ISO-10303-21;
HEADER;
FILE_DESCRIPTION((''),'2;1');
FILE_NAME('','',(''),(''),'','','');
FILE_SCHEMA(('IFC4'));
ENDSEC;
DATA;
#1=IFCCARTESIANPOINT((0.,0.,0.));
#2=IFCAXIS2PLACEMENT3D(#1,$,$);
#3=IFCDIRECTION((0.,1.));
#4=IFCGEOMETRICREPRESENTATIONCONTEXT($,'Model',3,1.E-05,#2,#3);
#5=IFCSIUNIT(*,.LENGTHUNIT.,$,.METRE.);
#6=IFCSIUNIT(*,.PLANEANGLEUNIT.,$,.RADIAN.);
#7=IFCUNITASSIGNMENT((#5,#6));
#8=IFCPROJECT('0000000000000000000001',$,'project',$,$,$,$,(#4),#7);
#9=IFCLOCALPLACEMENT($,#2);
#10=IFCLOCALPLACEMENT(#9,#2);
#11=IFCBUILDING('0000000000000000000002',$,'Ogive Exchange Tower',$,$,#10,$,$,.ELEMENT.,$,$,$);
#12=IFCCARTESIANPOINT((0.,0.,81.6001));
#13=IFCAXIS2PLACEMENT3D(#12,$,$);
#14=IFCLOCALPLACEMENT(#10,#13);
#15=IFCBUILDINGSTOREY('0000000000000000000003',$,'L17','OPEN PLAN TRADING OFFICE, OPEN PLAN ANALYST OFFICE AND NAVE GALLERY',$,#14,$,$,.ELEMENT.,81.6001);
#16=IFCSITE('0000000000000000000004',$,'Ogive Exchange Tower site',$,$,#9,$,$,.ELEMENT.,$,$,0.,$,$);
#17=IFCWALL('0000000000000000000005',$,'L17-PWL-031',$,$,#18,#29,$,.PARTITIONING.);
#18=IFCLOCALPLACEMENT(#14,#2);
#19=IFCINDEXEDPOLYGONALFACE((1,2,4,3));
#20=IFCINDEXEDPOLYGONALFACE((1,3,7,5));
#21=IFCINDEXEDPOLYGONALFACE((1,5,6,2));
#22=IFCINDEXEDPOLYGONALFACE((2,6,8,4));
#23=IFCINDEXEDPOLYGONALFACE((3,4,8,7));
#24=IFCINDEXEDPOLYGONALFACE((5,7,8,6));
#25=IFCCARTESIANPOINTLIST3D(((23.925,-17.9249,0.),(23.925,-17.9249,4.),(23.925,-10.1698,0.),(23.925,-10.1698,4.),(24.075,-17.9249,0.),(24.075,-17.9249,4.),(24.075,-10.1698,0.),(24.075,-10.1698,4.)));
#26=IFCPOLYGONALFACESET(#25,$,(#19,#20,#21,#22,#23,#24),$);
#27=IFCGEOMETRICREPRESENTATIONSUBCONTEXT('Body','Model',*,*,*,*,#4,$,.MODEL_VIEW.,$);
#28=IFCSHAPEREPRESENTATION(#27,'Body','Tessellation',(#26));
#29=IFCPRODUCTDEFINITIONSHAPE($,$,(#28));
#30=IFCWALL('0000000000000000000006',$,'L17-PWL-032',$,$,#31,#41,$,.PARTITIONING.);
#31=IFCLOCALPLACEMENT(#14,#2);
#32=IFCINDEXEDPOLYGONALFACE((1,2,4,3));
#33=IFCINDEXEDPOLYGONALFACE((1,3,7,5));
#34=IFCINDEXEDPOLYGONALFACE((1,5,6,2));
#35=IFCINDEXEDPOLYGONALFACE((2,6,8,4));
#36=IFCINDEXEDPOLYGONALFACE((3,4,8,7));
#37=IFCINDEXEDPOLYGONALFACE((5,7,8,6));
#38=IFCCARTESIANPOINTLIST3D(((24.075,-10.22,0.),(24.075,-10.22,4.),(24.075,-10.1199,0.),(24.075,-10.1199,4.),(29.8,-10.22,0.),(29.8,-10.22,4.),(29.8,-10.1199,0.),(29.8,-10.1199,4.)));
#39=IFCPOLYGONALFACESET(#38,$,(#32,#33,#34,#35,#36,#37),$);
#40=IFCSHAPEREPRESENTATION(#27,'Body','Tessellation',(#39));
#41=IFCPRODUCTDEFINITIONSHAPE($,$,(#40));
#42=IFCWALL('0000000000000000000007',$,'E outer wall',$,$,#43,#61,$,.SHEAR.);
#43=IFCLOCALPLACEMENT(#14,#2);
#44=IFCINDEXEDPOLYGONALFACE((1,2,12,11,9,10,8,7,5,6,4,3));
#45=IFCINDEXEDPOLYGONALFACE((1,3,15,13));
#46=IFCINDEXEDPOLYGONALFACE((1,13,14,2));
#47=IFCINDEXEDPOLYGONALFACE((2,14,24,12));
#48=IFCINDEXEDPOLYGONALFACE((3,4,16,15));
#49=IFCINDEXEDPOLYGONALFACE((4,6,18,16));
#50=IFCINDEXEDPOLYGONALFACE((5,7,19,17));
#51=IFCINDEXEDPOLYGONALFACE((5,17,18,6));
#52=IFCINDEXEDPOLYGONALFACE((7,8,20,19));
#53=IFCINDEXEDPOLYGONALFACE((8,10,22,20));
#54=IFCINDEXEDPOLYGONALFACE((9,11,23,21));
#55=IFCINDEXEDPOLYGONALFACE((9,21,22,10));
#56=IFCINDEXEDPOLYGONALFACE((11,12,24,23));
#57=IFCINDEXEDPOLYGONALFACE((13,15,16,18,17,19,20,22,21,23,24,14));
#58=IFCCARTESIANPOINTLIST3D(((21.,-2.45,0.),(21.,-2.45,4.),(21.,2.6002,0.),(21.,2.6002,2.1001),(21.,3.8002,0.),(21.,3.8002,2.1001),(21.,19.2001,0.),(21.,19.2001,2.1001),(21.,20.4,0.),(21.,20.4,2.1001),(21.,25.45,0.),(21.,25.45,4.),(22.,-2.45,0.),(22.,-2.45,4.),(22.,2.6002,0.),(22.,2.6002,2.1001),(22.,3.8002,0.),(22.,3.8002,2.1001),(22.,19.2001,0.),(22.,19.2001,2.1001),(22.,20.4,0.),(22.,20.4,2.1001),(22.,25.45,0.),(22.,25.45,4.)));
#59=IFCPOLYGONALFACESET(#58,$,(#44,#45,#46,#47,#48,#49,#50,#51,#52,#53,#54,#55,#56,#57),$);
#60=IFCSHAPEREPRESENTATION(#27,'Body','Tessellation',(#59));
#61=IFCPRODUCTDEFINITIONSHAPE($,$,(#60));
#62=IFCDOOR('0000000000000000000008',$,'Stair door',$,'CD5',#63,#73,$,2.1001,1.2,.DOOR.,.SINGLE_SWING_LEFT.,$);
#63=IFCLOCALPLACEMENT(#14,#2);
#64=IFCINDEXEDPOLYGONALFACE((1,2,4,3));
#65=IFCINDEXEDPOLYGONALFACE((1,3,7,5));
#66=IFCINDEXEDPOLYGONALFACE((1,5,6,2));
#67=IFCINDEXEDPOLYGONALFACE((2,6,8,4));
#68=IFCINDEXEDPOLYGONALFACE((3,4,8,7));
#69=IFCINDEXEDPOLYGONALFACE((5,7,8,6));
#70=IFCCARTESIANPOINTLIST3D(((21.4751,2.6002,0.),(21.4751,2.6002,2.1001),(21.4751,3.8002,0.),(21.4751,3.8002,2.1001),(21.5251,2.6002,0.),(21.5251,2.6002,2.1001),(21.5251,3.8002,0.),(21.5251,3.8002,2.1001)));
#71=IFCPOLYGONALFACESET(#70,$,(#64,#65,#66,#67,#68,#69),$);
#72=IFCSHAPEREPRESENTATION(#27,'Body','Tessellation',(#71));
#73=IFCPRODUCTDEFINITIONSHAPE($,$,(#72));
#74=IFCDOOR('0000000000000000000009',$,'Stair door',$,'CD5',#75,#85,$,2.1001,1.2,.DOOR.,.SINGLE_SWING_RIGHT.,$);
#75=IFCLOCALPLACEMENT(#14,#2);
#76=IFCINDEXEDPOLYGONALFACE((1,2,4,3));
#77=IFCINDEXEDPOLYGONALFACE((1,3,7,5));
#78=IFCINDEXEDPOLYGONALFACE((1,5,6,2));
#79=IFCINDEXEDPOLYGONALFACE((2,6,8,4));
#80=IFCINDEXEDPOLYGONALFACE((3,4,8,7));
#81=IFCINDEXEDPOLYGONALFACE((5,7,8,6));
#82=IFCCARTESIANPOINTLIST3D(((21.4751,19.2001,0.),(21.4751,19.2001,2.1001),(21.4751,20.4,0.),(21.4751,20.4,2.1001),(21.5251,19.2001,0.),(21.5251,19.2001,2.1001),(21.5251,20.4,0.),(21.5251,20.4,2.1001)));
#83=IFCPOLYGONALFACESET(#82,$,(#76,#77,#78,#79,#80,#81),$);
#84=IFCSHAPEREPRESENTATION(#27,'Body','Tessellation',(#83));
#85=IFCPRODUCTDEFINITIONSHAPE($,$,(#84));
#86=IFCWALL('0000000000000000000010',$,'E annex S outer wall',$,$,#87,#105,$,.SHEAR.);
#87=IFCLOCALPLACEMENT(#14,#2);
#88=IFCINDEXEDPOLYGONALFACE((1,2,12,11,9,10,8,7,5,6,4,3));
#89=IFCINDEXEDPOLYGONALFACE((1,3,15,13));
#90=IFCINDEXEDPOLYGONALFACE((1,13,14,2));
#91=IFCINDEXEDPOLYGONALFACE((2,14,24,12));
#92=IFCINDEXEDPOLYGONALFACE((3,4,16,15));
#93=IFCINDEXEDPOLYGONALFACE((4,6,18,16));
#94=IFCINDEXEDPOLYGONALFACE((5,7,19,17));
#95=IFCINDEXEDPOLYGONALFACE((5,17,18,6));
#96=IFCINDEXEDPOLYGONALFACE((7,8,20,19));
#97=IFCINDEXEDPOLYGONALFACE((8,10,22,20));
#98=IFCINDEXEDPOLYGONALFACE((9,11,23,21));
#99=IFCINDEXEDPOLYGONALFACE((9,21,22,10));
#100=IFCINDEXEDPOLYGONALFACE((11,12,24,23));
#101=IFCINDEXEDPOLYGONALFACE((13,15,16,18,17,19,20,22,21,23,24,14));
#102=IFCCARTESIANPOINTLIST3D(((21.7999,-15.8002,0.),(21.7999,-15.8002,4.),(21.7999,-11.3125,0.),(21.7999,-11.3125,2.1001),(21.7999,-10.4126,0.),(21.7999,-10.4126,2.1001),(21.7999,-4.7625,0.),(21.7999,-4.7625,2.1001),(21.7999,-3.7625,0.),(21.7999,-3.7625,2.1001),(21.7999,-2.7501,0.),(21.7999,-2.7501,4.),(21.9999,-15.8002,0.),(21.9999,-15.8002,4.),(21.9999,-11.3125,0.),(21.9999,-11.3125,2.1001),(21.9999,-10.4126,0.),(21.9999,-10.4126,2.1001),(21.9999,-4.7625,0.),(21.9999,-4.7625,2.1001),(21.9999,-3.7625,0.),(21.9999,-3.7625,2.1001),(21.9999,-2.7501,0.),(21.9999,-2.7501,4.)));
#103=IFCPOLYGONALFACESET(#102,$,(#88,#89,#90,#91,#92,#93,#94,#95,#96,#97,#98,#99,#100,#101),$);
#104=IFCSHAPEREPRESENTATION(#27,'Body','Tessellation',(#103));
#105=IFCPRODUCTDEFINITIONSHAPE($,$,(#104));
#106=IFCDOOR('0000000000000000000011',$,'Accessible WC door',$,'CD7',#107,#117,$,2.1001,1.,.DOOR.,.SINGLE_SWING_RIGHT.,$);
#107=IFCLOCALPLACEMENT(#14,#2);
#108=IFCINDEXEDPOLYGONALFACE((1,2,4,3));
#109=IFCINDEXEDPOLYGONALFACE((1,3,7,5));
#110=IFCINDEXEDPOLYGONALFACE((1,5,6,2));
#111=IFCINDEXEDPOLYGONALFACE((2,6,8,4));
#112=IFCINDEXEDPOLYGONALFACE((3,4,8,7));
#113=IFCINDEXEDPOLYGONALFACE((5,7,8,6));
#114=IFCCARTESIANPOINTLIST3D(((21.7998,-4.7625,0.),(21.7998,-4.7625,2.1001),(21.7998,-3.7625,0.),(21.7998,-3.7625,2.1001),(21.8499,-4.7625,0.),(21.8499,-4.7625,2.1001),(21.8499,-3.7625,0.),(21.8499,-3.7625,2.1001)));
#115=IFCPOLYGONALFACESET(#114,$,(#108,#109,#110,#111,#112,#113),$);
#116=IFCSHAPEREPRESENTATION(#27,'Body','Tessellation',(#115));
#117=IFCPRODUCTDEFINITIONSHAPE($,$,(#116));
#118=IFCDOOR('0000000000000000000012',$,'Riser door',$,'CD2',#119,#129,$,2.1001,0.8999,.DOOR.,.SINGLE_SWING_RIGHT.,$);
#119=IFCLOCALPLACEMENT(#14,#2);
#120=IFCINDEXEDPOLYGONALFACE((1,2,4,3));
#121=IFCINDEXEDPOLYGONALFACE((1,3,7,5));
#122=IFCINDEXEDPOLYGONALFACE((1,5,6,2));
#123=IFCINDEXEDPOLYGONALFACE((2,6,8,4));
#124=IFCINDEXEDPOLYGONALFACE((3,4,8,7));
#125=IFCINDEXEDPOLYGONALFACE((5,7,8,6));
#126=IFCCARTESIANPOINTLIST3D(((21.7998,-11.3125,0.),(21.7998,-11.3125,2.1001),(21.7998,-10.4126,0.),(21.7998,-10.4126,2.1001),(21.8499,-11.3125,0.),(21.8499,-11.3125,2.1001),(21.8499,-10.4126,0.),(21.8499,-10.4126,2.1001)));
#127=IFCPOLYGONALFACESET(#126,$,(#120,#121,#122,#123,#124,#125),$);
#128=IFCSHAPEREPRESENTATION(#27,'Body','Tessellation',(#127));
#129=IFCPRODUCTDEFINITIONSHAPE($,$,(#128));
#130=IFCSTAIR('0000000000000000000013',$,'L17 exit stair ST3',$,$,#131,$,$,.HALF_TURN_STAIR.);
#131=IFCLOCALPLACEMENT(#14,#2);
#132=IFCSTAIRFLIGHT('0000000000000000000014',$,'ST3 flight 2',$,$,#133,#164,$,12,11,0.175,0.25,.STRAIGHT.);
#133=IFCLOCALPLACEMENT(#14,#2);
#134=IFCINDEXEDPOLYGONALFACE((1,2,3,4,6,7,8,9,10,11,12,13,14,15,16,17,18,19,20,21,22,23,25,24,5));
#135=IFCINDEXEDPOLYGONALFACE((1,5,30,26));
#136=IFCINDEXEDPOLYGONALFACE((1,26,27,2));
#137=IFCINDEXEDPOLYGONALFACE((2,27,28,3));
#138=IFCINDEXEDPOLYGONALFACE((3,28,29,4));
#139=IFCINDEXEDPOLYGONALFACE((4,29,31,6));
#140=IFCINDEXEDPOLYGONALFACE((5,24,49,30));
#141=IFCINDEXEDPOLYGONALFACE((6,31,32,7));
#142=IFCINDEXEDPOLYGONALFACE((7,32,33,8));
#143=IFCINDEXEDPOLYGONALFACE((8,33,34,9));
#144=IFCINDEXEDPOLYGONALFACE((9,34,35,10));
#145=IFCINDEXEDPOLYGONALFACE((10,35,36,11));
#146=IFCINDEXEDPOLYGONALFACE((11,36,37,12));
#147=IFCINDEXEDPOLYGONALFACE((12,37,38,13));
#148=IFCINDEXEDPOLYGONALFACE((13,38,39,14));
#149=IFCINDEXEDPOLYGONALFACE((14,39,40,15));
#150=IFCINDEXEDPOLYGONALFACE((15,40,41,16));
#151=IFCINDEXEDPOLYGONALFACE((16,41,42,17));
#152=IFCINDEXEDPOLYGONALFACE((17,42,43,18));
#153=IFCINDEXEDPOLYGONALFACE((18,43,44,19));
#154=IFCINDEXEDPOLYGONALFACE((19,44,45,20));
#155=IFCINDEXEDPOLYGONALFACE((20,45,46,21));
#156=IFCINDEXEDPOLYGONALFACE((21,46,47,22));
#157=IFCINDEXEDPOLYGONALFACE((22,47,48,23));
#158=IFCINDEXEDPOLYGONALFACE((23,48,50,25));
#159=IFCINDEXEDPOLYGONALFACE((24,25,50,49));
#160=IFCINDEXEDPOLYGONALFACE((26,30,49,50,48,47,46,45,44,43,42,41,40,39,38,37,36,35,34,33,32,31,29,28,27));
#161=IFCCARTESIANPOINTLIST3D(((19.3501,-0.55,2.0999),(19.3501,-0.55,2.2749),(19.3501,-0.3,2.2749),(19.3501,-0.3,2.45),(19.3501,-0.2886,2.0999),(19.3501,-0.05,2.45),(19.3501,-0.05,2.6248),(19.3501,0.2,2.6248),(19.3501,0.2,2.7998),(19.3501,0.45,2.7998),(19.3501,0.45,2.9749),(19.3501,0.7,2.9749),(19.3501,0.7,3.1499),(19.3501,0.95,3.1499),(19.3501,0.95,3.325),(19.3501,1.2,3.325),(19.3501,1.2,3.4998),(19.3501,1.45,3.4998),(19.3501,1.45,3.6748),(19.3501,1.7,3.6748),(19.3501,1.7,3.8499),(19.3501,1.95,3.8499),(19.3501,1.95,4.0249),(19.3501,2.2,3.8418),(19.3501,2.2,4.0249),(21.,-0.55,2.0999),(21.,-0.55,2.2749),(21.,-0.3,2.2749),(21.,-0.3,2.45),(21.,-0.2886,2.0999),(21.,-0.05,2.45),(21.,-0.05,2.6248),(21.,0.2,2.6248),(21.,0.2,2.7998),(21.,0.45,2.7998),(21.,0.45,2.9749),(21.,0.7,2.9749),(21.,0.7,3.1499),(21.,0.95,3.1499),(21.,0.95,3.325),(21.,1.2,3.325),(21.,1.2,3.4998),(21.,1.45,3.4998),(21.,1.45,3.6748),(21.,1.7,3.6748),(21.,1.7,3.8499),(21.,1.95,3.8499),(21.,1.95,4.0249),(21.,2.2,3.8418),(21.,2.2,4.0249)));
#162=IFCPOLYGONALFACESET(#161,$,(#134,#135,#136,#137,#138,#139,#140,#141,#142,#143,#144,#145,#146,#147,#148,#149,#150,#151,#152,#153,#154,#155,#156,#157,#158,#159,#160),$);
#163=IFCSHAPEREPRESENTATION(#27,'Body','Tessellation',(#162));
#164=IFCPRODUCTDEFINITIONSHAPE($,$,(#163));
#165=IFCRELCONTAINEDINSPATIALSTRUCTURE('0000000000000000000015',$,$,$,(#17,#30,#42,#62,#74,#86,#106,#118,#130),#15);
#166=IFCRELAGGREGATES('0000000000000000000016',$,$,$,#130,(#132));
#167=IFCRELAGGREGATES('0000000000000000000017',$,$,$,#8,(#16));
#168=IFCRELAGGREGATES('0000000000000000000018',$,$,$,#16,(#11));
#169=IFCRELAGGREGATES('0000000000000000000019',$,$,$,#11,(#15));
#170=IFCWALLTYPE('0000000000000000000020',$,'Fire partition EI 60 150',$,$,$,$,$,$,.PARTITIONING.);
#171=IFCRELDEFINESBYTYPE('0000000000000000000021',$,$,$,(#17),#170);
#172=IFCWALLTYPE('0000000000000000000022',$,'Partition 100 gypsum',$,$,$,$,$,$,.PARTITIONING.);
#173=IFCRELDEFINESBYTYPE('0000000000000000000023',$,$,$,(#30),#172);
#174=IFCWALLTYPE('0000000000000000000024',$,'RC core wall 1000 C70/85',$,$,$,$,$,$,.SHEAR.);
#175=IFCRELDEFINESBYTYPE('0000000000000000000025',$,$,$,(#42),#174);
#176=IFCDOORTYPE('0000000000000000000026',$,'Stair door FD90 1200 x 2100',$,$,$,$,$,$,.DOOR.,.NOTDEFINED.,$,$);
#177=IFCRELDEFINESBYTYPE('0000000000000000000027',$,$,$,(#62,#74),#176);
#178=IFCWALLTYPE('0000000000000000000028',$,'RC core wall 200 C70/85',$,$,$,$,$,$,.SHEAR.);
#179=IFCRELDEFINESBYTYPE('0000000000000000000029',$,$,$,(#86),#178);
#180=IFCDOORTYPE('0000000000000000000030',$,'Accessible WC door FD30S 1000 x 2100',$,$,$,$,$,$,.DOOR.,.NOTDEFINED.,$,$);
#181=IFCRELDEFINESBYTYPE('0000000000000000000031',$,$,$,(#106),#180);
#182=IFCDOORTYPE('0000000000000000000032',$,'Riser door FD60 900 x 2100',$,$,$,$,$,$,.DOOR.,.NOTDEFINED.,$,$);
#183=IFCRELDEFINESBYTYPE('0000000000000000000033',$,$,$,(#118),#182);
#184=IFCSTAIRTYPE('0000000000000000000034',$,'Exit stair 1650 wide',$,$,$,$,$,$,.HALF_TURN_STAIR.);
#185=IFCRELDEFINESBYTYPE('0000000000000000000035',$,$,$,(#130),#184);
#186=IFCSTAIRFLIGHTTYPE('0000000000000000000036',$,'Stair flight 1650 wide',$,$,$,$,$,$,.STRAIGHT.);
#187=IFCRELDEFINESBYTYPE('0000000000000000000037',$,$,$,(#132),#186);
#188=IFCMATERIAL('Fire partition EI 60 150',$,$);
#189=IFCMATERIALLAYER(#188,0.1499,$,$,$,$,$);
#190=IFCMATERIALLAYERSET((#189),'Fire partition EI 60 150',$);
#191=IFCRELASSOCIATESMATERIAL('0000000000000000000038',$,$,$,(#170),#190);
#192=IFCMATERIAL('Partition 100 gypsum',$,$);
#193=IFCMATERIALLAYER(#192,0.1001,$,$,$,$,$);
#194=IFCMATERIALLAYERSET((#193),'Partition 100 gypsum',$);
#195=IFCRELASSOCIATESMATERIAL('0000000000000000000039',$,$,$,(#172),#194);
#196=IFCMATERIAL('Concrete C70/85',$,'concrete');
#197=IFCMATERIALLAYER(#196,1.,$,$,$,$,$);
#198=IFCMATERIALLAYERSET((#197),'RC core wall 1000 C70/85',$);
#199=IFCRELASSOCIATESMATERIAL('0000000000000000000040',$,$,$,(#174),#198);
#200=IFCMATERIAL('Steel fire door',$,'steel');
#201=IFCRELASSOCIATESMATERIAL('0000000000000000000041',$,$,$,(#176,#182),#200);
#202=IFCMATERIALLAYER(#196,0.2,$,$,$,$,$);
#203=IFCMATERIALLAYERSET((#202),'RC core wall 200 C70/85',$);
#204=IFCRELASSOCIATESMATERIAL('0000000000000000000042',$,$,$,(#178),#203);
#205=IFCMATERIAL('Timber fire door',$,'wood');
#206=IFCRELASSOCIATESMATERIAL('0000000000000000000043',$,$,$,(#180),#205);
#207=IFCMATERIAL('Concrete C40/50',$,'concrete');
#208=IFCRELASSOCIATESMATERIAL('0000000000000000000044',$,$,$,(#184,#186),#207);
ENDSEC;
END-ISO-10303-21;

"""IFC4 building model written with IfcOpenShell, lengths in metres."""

from ifc_helpers import new_model, si_unit, direction, frame, frame_2d, origin, place, context, subcontext, project, spatial, polyline, rectangle, outline, extrude, material, layer, layer_set, type_object, element, fill, aggregate, save


model = new_model("IFC4")

# Units and contexts
model_context = context("Model", 3, precision=1e-05, world=origin(), true_north=direction((0.0, 1.0)))
body_context = subcontext(model_context, "Body", "Model", "MODEL_VIEW")
ifc_project = project(units=[si_unit("LENGTHUNIT", "METRE"), si_unit("PLANEANGLEUNIT", "RADIAN")], contexts=[model_context])

# Site, building, storey
site_placement = place(None, origin())
site = spatial("IfcSite", under=ifc_project, at=site_placement, Name="Ogive Exchange Tower site", CompositionType="ELEMENT", RefElevation=0.0)
building_placement = place(site_placement, origin())
building = spatial("IfcBuilding", under=site, at=building_placement, Name="Ogive Exchange Tower", CompositionType="ELEMENT")
storey_placement = place(building_placement, frame((0.0, 0.0, 81.6001)))
storey = spatial("IfcBuildingStorey", under=building, at=storey_placement, Name="L17", Description="OPEN PLAN TRADING OFFICE, OPEN PLAN ANALYST OFFICE AND NAVE GALLERY", CompositionType="ELEMENT", Elevation=81.6001)

# Shared definitions
ifc_material_1 = material(Name="Fire partition EI 60 150")
ifc_layer_1 = layer(ifc_material_1, 0.1499)
ifc_layer_set_1 = layer_set([ifc_layer_1], Name="Fire partition EI 60 150")
wall_type_1 = type_object("IfcWallType", Name="Fire partition EI 60 150", PredefinedType="PARTITIONING", material=ifc_layer_set_1)

# Walls
wall_1_placement = place(storey_placement, frame((24.0, -10.1699, 0.0), z_axis=(0.0, 0.0, 1.0), x_axis=(0.0, -1.0, 0.0)))
element("IfcWall", 1, at=wall_1_placement, inside=storey, type_object=wall_type_1, Name="L17-PWL-031", PredefinedType="PARTITIONING", context=body_context, shape_type="SweptSolid", body=[
    extrude(rectangle(XDim=7.7551, YDim=0.1499, at=frame_2d((3.8774, 0.0))), origin(), (0.0, 0.0, 1.0), 4.0),
])
ifc_material_2 = material(Name="Partition 100 gypsum")
ifc_layer_2 = layer(ifc_material_2, 0.1001)
ifc_layer_set_2 = layer_set([ifc_layer_2], Name="Partition 100 gypsum")
wall_type_2 = type_object("IfcWallType", Name="Partition 100 gypsum", PredefinedType="PARTITIONING", material=ifc_layer_set_2)
wall_2_placement = place(storey_placement, frame((24.075, -10.1699, 0.0), z_axis=(0.0, 0.0, 1.0), x_axis=(1.0, 0.0, 0.0)))
element("IfcWall", 2, at=wall_2_placement, inside=storey, type_object=wall_type_2, Name="L17-PWL-032", PredefinedType="PARTITIONING", context=body_context, shape_type="SweptSolid", body=[
    extrude(rectangle(XDim=5.7251, YDim=0.1001, at=frame_2d((2.8625, 0.0))), origin(), (0.0, 0.0, 1.0), 4.0),
])

# Walls, openings, doors
ifc_material_3 = material(Name="Concrete C70/85", Category="concrete")
ifc_layer_3 = layer(ifc_material_3, 1.0)
ifc_layer_set_3 = layer_set([ifc_layer_3], Name="RC core wall 1000 C70/85")
wall_type_3 = type_object("IfcWallType", Name="RC core wall 1000 C70/85", PredefinedType="SHEAR", material=ifc_layer_set_3)
wall_3_placement = place(storey_placement, frame((21.5, -2.45, 0.0), z_axis=(0.0, 0.0, 1.0), x_axis=(0.0, 1.0, 0.0)))
wall_3 = element("IfcWall", 3, at=wall_3_placement, inside=storey, type_object=wall_type_3, Name="E outer wall", PredefinedType="SHEAR", context=body_context, shape_type="SweptSolid", body=[
    extrude(rectangle(XDim=27.8999, YDim=1.0, at=frame_2d((13.95, 0.0))), origin(), (0.0, 0.0, 1.0), 4.0),
])
opening_1_placement = place(wall_3_placement, frame((5.05, 0.0, 0.0)))
opening_1 = element("IfcOpeningElement", 4, at=opening_1_placement, cuts=wall_3, PredefinedType="OPENING", context=body_context, shape_type="SweptSolid", body=[
    extrude(rectangle(XDim=1.2, YDim=2.1001, at=frame_2d((0.6001, 1.05))), frame((0.0, 0.51, 0.0), z_axis=(0.0, -1.0, 0.0), x_axis=(1.0, 0.0, 0.0)), (0.0, 0.0, 1.0), 1.02),
])
opening_2_placement = place(wall_3_placement, frame((21.6499, 0.0, 0.0)))
opening_2 = element("IfcOpeningElement", 5, at=opening_2_placement, cuts=wall_3, PredefinedType="OPENING", context=body_context, shape_type="SweptSolid", body=[
    extrude(rectangle(XDim=1.2, YDim=2.1001, at=frame_2d((0.6001, 1.05))), frame((0.0, 0.51, 0.0), z_axis=(0.0, -1.0, 0.0), x_axis=(1.0, 0.0, 0.0)), (0.0, 0.0, 1.0), 1.02),
])
ifc_material_4 = material(Name="Steel fire door", Category="steel")
door_type_1 = type_object("IfcDoorType", Name="Stair door FD90 1200 x 2100", OperationType="NOTDEFINED", PredefinedType="DOOR", material=ifc_material_4)
door_1_placement = place(opening_1_placement, origin())
door_1 = element("IfcDoor", 6, at=door_1_placement, inside=storey, type_object=door_type_1, Name="Stair door", ObjectType="CD5", OperationType="SINGLE_SWING_LEFT", OverallHeight=2.1001, OverallWidth=1.2, PredefinedType="DOOR", context=body_context, shape_type="SweptSolid", body=[
    extrude(rectangle(XDim=1.2, YDim=2.1001, at=frame_2d((0.6001, 1.05))), frame((0.0, 0.0249, 0.0), z_axis=(0.0, -1.0, 0.0), x_axis=(1.0, 0.0, 0.0)), (0.0, 0.0, 1.0), 0.05),
])
fill(opening_1, door_1)
door_2_placement = place(opening_2_placement, origin())
door_2 = element("IfcDoor", 7, at=door_2_placement, inside=storey, type_object=door_type_1, Name="Stair door", ObjectType="CD5", OperationType="SINGLE_SWING_RIGHT", OverallHeight=2.1001, OverallWidth=1.2, PredefinedType="DOOR", context=body_context, shape_type="SweptSolid", body=[
    extrude(rectangle(XDim=1.2, YDim=2.1001, at=frame_2d((0.6001, 1.05))), frame((0.0, 0.0249, 0.0), z_axis=(0.0, -1.0, 0.0), x_axis=(1.0, 0.0, 0.0)), (0.0, 0.0, 1.0), 0.05),
])
fill(opening_2, door_2)
ifc_layer_4 = layer(ifc_material_3, 0.2)
ifc_layer_set_4 = layer_set([ifc_layer_4], Name="RC core wall 200 C70/85")
wall_type_4 = type_object("IfcWallType", Name="RC core wall 200 C70/85", PredefinedType="SHEAR", material=ifc_layer_set_4)
wall_4_placement = place(storey_placement, frame((21.8999, -15.8, 0.0), z_axis=(0.0, 0.0, 1.0), x_axis=(0.0, 1.0, 0.0)))
wall_4 = element("IfcWall", 8, at=wall_4_placement, inside=storey, type_object=wall_type_4, Name="E annex S outer wall", PredefinedType="SHEAR", context=body_context, shape_type="SweptSolid", body=[
    extrude(rectangle(XDim=13.05, YDim=0.2, at=frame_2d((6.5249, 0.0))), origin(), (0.0, 0.0, 1.0), 4.0),
])
opening_3_placement = place(wall_4_placement, frame((4.4875, 0.0, 0.0)))
opening_3 = element("IfcOpeningElement", 9, at=opening_3_placement, cuts=wall_4, PredefinedType="OPENING", context=body_context, shape_type="SweptSolid", body=[
    extrude(rectangle(XDim=0.8999, YDim=2.1001, at=frame_2d((0.45, 1.05))), frame((0.0, 0.1099, 0.0), z_axis=(0.0, -1.0, 0.0), x_axis=(1.0, 0.0, 0.0)), (0.0, 0.0, 1.0), 0.22),
])
opening_4_placement = place(wall_4_placement, frame((11.0376, 0.0, 0.0)))
opening_4 = element("IfcOpeningElement", 10, at=opening_4_placement, cuts=wall_4, PredefinedType="OPENING", context=body_context, shape_type="SweptSolid", body=[
    extrude(rectangle(XDim=1.0, YDim=2.1001, at=frame_2d((0.5, 1.05))), frame((0.0, 0.1099, 0.0), z_axis=(0.0, -1.0, 0.0), x_axis=(1.0, 0.0, 0.0)), (0.0, 0.0, 1.0), 0.22),
])
ifc_material_5 = material(Name="Timber fire door", Category="wood")
door_type_2 = type_object("IfcDoorType", Name="Accessible WC door FD30S 1000 x 2100", OperationType="NOTDEFINED", PredefinedType="DOOR", material=ifc_material_5)
door_3_placement = place(opening_4_placement, origin())
door_3 = element("IfcDoor", 11, at=door_3_placement, inside=storey, type_object=door_type_2, Name="Accessible WC door", ObjectType="CD7", OperationType="SINGLE_SWING_RIGHT", OverallHeight=2.1001, OverallWidth=1.0, PredefinedType="DOOR", context=body_context, shape_type="SweptSolid", body=[
    extrude(rectangle(XDim=1.0, YDim=2.1001, at=frame_2d((0.5, 1.05))), frame((0.0, 0.1001, 0.0), z_axis=(0.0, -1.0, 0.0), x_axis=(1.0, 0.0, 0.0)), (0.0, 0.0, 1.0), 0.05),
])
fill(opening_4, door_3)
door_type_3 = type_object("IfcDoorType", Name="Riser door FD60 900 x 2100", OperationType="NOTDEFINED", PredefinedType="DOOR", material=ifc_material_4)
door_4_placement = place(opening_3_placement, origin())
door_4 = element("IfcDoor", 12, at=door_4_placement, inside=storey, type_object=door_type_3, Name="Riser door", ObjectType="CD2", OperationType="SINGLE_SWING_RIGHT", OverallHeight=2.1001, OverallWidth=0.8999, PredefinedType="DOOR", context=body_context, shape_type="SweptSolid", body=[
    extrude(rectangle(XDim=0.8999, YDim=2.1001, at=frame_2d((0.45, 1.05))), frame((0.0, 0.1001, 0.0), z_axis=(0.0, -1.0, 0.0), x_axis=(1.0, 0.0, 0.0)), (0.0, 0.0, 1.0), 0.05),
])
fill(opening_3, door_4)

# Stair, stair flight
ifc_material_6 = material(Name="Concrete C40/50", Category="concrete")
stair_type = type_object("IfcStairType", Name="Exit stair 1650 wide", PredefinedType="HALF_TURN_STAIR", material=ifc_material_6)
stair_placement = place(storey_placement, origin())
stair = element("IfcStair", 13, at=stair_placement, inside=storey, type_object=stair_type, Name="L17 exit stair ST3", PredefinedType="HALF_TURN_STAIR")
stair_flight_type = type_object("IfcStairFlightType", Name="Stair flight 1650 wide", PredefinedType="STRAIGHT", material=ifc_material_6)
stair_flight_placement = place(storey_placement, frame((20.175, -0.55, 2.0999), z_axis=(0.0, 0.0, 1.0), x_axis=(0.0, 1.0, 0.0)))
stair_flight = element("IfcStairFlight", 14, at=stair_flight_placement, type_object=stair_flight_type, Name="ST3 flight 2", NumberOfRisers=12, NumberOfTreads=11, PredefinedType="STRAIGHT", RiserHeight=0.175, TreadLength=0.25, context=body_context, shape_type="SweptSolid", body=[
    extrude(outline(polyline([(0.0, 0.0), (0.0, 0.175), (0.25, 0.175), (0.25, 0.3501), (0.5, 0.3501), (0.5, 0.5249), (0.75, 0.5249), (0.75, 0.7), (1.0, 0.7), (1.0, 0.875), (1.25, 0.875), (1.25, 1.05), (1.5, 1.05), (1.5, 1.2251), (1.75, 1.2251), (1.75, 1.3999), (2.0, 1.3999), (2.0, 1.575), (2.25, 1.575), (2.25, 1.75), (2.5, 1.75), (2.5, 1.925), (2.75, 1.925), (2.75, 2.1001), (2.75, 1.7419), (0.2615, 0.0), (0.0, 0.0)])), frame((0.0, 0.825, 0.0), z_axis=(0.0, -1.0, 0.0), x_axis=(1.0, 0.0, 0.0)), (0.0, 0.0, 1.0), 1.6499),
])
aggregate(stair, [stair_flight])

save(model, "model.ifc")
